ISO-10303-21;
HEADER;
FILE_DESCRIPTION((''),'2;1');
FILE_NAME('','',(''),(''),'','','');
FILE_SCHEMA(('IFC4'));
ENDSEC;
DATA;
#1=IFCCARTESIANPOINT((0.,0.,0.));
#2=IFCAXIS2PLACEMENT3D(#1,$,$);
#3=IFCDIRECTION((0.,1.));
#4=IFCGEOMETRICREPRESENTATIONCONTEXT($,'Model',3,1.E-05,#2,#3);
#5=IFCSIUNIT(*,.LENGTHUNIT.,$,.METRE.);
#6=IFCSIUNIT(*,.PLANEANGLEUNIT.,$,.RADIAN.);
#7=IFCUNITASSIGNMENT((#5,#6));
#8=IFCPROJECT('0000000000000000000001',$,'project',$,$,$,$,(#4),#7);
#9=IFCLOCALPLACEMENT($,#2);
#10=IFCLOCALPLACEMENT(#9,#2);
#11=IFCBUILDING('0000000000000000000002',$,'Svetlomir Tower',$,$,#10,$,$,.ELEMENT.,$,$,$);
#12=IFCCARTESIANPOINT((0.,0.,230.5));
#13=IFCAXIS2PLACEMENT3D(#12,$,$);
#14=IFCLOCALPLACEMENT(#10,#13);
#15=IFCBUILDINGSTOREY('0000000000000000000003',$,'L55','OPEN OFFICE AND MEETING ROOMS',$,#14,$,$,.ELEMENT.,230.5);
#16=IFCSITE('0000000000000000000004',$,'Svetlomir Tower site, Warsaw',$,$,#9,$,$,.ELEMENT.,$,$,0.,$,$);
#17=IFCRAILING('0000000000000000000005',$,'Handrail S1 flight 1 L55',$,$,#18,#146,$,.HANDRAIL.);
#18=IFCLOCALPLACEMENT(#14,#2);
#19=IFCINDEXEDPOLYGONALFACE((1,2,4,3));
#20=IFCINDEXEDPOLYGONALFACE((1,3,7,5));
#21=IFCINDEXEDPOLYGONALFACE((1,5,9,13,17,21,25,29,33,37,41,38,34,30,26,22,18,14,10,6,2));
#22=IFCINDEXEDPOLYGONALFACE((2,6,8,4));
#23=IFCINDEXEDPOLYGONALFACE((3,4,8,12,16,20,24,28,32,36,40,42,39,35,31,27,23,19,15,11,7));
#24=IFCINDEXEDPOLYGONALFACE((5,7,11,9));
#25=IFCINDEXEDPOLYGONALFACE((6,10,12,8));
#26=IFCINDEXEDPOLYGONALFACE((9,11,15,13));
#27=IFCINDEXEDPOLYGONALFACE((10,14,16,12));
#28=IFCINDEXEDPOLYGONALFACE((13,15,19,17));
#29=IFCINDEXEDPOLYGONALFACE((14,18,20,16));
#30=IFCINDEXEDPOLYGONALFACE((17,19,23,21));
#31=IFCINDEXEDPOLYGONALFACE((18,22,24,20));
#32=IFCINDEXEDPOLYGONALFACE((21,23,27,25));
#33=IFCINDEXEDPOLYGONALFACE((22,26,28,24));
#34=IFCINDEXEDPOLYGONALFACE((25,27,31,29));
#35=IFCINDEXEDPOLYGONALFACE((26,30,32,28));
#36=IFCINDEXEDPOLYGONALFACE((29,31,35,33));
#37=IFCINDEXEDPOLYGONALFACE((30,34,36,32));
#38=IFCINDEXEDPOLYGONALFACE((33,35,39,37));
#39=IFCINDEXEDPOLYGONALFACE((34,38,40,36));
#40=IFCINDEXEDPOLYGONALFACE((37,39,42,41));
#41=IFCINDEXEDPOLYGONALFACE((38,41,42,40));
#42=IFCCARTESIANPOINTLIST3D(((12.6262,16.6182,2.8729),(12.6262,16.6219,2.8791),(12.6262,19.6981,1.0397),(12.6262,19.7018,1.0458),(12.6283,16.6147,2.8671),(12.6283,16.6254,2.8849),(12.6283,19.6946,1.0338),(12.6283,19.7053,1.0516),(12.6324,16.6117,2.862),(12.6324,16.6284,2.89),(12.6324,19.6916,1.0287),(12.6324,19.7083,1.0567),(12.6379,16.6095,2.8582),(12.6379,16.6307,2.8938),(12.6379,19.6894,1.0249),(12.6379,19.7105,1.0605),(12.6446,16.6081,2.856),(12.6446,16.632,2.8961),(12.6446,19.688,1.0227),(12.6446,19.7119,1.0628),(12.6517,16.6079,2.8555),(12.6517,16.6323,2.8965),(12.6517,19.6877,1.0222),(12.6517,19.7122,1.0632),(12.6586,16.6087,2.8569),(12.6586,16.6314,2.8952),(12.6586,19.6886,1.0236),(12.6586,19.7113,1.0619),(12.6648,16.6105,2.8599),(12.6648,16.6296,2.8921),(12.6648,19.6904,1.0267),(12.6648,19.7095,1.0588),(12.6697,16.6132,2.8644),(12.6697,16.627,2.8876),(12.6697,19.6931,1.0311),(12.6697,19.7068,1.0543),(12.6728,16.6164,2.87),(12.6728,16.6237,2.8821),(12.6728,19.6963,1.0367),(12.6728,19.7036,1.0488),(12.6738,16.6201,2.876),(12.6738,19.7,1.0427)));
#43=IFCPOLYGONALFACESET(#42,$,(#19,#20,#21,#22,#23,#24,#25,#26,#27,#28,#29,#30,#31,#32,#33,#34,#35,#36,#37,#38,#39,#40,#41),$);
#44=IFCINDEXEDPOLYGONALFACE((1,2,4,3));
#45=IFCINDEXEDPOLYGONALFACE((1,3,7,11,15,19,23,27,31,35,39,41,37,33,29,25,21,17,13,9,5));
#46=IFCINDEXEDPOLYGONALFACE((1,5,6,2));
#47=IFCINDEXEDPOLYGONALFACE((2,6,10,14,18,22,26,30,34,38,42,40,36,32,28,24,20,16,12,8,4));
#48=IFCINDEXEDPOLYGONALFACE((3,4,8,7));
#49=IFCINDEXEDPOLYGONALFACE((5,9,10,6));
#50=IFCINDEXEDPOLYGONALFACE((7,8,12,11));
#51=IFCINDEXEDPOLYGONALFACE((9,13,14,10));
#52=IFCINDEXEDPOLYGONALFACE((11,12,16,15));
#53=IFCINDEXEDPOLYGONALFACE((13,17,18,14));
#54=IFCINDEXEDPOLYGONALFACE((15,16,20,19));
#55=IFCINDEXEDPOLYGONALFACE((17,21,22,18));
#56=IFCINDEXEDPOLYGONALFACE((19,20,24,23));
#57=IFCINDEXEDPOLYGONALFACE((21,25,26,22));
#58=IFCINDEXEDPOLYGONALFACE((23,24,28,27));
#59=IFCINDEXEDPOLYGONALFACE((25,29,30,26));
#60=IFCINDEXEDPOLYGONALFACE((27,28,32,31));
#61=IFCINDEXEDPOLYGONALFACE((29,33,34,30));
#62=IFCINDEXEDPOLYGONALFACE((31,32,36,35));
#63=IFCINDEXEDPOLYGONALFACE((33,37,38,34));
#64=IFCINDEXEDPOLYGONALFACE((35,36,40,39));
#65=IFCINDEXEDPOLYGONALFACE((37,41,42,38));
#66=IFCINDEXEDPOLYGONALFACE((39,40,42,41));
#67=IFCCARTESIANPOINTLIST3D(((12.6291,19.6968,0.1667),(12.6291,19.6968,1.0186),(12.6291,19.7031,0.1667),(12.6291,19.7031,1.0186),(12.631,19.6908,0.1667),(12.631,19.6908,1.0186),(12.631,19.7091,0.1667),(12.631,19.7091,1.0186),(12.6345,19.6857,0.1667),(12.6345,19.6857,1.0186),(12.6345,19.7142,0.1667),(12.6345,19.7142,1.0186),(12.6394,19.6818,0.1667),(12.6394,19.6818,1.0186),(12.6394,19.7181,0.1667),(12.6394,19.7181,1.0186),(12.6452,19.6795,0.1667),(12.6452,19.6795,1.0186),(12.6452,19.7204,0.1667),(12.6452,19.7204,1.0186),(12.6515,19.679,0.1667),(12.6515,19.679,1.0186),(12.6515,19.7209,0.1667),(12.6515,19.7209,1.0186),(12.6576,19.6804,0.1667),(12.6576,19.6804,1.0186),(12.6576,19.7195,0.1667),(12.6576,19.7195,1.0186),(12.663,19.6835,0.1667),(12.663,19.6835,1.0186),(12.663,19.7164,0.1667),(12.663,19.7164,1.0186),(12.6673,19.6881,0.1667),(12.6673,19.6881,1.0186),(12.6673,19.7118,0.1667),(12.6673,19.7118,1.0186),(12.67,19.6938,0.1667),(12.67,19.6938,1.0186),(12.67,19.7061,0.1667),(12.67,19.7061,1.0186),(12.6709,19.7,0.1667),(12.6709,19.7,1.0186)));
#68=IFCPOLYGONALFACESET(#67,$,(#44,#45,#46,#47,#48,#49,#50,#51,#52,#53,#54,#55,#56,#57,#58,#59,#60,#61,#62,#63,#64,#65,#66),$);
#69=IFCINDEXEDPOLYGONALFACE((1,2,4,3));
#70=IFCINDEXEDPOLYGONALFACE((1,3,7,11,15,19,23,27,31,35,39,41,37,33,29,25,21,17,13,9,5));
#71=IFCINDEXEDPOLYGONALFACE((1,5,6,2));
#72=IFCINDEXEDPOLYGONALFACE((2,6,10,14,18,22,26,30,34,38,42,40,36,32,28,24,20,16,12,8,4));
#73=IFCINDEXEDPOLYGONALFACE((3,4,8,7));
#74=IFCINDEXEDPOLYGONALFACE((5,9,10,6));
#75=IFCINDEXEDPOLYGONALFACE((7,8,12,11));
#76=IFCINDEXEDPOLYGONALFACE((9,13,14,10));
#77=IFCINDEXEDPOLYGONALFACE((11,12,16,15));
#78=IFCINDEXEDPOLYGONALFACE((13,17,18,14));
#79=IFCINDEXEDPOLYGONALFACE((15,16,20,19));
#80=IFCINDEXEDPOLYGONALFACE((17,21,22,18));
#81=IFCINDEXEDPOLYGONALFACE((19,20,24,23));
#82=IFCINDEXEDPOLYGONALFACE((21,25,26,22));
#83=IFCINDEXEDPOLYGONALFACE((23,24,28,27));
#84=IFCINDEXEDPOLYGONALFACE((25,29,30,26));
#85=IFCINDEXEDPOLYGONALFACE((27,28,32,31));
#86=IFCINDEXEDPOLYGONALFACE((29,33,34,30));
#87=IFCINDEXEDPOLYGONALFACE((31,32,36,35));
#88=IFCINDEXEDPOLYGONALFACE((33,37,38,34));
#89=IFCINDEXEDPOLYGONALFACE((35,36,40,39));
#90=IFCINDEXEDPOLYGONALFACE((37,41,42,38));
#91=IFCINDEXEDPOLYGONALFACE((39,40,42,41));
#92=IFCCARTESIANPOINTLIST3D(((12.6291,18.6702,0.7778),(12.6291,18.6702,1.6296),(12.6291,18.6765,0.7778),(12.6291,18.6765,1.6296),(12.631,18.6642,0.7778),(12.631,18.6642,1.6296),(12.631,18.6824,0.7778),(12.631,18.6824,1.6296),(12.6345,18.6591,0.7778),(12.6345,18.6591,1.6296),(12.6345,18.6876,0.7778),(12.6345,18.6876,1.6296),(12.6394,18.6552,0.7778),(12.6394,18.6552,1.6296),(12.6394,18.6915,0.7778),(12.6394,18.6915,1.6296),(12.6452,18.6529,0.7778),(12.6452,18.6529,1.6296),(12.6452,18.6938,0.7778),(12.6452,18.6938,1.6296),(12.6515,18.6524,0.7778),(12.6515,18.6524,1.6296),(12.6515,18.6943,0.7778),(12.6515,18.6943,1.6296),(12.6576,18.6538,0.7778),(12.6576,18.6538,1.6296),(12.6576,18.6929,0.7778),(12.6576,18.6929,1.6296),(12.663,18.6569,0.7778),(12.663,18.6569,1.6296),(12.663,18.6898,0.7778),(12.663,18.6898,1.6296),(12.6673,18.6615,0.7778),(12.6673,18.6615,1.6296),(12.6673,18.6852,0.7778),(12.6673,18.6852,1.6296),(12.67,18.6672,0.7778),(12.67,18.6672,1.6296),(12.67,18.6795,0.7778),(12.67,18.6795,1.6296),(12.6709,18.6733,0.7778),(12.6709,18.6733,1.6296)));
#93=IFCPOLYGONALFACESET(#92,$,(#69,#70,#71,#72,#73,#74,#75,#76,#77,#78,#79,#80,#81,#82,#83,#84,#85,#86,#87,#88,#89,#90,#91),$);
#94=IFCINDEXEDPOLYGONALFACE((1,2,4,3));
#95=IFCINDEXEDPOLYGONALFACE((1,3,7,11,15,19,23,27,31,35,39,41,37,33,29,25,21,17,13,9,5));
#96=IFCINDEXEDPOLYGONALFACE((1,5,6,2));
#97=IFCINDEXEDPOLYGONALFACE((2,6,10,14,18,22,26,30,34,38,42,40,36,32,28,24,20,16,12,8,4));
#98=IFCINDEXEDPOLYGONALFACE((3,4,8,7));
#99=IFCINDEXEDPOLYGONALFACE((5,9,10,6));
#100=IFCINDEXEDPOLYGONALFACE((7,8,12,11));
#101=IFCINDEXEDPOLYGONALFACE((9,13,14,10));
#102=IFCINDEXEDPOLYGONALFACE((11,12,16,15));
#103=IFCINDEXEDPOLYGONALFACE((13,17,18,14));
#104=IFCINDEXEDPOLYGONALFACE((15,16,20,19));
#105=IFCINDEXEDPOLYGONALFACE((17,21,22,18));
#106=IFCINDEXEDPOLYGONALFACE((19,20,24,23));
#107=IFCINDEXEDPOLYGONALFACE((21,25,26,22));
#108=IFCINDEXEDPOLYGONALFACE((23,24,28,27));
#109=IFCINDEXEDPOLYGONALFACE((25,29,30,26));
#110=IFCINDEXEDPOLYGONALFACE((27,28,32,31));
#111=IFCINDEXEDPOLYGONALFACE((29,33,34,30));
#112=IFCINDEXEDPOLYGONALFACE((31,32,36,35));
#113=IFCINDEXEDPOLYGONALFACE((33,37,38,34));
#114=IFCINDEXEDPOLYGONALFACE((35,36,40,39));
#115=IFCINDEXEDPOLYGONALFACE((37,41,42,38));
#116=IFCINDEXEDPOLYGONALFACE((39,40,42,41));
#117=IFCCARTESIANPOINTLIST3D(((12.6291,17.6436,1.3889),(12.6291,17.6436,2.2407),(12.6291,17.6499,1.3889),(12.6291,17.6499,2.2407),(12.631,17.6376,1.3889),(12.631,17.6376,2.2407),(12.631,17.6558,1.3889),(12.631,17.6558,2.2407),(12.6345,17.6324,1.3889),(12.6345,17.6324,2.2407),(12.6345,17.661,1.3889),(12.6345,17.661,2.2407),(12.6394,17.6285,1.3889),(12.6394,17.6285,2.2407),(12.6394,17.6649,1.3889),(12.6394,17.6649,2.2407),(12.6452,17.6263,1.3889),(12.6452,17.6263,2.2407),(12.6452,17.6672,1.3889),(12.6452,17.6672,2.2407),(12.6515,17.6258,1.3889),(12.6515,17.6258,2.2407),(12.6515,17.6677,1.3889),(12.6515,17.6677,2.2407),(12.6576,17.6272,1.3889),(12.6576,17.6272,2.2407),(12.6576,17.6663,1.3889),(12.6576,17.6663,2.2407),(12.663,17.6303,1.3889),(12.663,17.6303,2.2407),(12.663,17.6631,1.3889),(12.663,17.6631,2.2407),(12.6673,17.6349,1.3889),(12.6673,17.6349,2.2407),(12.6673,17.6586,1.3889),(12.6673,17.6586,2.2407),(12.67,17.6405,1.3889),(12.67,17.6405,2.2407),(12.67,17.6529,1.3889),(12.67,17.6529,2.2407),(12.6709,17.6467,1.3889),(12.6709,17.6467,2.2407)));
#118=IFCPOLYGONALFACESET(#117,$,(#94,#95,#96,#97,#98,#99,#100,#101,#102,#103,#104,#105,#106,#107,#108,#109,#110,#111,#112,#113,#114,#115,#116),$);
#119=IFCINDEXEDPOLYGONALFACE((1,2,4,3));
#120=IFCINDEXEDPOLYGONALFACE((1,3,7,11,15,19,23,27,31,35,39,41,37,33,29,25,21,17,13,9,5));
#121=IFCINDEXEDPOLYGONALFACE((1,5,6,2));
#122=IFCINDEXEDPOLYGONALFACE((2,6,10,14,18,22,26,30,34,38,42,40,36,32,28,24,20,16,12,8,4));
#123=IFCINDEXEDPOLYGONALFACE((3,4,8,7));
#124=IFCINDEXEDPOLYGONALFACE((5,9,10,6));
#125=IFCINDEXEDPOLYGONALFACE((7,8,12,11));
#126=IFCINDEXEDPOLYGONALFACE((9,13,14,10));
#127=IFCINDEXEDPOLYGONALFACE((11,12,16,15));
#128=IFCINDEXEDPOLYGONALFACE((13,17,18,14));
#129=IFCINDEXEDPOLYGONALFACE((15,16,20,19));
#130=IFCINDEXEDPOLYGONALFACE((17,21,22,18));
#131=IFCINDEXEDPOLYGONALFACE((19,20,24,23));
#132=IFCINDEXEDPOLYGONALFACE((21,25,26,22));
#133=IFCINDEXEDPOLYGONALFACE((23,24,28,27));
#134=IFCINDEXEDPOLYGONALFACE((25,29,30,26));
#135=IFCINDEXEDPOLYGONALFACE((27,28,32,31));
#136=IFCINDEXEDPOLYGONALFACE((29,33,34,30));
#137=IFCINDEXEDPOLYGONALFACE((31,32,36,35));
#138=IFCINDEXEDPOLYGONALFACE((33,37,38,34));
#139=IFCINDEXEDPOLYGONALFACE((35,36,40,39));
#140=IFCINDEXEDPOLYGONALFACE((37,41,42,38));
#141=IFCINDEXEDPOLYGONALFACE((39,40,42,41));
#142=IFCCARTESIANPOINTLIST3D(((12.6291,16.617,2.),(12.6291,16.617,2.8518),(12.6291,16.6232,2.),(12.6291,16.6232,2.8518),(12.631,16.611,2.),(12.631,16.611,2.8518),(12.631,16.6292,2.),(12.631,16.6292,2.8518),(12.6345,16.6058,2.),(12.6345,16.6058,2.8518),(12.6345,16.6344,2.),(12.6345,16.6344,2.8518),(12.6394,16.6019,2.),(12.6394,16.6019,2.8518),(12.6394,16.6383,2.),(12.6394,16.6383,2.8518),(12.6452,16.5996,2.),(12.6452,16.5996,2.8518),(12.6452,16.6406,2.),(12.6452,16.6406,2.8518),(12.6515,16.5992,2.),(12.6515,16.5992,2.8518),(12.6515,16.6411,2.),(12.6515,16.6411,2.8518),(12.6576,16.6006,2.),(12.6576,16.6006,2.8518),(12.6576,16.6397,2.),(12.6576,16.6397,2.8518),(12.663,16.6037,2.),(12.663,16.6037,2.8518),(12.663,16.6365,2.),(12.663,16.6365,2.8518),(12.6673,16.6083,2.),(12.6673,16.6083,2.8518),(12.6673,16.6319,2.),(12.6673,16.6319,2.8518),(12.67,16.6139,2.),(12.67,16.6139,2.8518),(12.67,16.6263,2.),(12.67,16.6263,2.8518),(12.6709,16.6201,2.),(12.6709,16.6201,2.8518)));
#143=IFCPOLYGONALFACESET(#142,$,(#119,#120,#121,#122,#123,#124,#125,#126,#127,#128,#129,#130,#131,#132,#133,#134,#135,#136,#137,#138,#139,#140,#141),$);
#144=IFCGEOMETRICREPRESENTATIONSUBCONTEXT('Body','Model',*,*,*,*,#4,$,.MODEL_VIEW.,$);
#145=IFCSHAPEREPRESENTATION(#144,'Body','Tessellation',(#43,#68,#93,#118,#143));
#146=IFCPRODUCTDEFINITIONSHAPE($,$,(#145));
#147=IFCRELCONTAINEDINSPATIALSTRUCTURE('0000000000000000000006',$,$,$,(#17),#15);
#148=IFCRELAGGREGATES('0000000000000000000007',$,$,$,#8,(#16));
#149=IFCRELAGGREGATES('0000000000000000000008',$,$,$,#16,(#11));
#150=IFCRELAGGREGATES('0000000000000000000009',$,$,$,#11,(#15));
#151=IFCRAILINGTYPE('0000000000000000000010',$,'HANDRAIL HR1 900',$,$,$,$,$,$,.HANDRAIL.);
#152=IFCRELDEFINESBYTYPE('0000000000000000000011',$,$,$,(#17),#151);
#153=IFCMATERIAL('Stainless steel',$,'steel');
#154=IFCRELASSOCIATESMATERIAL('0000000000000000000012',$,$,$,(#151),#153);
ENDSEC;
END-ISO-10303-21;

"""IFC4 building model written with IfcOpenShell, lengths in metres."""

from ifc_helpers import new_model, si_unit, direction, frame, origin, origin_2d, place, context, subcontext, project, spatial, circle, extrude, material, type_object, element, save


model = new_model("IFC4")

# Units and contexts
model_context = context("Model", 3, precision=1e-05, world=origin(), true_north=direction((0.0, 1.0)))
body_context = subcontext(model_context, "Body", "Model", "MODEL_VIEW")
ifc_project = project(units=[si_unit("LENGTHUNIT", "METRE"), si_unit("PLANEANGLEUNIT", "RADIAN")], contexts=[model_context])

# Site, building, storey
site_placement = place(None, origin())
site = spatial("IfcSite", under=ifc_project, at=site_placement, Name="Svetlomir Tower site, Warsaw", CompositionType="ELEMENT", RefElevation=0.0)
building_placement = place(site_placement, origin())
building = spatial("IfcBuilding", under=site, at=building_placement, Name="Svetlomir Tower", CompositionType="ELEMENT")
storey_placement = place(building_placement, frame((0.0, 0.0, 230.5)))
storey = spatial("IfcBuildingStorey", under=building, at=storey_placement, Name="L55", Description="OPEN OFFICE AND MEETING ROOMS", CompositionType="ELEMENT", Elevation=230.5)

# Railing
ifc_material_1 = material(Name="Stainless steel", Category="steel")
railing_type_1 = type_object("IfcRailingType", Name="HANDRAIL HR1 900", PredefinedType="HANDRAIL", material=ifc_material_1)
railing_1_placement = place(storey_placement, frame((12.6499, 19.7, 0.1667)))
element("IfcRailing", 1, at=railing_1_placement, inside=storey, type_object=railing_type_1, Name="Handrail S1 flight 1 L55", PredefinedType="HANDRAIL", context=body_context, shape_type="SweptSolid", body=[
    extrude(circle(Radius=0.0239, at=origin_2d()), frame((0.0, 0.0, 0.876), z_axis=(0.0, -0.859291, 0.511487), x_axis=(1.0, 0.0, 0.0)), (0.0, 0.0, 1.0), 3.5842),
    extrude(circle(Radius=0.021, at=origin_2d()), origin(), (0.0, 0.0, 1.0), 0.8518),
    extrude(circle(Radius=0.021, at=origin_2d()), frame((0.0, -1.0266, 0.6111)), (0.0, 0.0, 1.0), 0.8518),
    extrude(circle(Radius=0.021, at=origin_2d()), frame((0.0, -2.0532, 1.2222)), (0.0, 0.0, 1.0), 0.8518),
    extrude(circle(Radius=0.021, at=origin_2d()), frame((0.0, -3.0798, 1.8333)), (0.0, 0.0, 1.0), 0.8518),
])

save(model, "model.ifc")
